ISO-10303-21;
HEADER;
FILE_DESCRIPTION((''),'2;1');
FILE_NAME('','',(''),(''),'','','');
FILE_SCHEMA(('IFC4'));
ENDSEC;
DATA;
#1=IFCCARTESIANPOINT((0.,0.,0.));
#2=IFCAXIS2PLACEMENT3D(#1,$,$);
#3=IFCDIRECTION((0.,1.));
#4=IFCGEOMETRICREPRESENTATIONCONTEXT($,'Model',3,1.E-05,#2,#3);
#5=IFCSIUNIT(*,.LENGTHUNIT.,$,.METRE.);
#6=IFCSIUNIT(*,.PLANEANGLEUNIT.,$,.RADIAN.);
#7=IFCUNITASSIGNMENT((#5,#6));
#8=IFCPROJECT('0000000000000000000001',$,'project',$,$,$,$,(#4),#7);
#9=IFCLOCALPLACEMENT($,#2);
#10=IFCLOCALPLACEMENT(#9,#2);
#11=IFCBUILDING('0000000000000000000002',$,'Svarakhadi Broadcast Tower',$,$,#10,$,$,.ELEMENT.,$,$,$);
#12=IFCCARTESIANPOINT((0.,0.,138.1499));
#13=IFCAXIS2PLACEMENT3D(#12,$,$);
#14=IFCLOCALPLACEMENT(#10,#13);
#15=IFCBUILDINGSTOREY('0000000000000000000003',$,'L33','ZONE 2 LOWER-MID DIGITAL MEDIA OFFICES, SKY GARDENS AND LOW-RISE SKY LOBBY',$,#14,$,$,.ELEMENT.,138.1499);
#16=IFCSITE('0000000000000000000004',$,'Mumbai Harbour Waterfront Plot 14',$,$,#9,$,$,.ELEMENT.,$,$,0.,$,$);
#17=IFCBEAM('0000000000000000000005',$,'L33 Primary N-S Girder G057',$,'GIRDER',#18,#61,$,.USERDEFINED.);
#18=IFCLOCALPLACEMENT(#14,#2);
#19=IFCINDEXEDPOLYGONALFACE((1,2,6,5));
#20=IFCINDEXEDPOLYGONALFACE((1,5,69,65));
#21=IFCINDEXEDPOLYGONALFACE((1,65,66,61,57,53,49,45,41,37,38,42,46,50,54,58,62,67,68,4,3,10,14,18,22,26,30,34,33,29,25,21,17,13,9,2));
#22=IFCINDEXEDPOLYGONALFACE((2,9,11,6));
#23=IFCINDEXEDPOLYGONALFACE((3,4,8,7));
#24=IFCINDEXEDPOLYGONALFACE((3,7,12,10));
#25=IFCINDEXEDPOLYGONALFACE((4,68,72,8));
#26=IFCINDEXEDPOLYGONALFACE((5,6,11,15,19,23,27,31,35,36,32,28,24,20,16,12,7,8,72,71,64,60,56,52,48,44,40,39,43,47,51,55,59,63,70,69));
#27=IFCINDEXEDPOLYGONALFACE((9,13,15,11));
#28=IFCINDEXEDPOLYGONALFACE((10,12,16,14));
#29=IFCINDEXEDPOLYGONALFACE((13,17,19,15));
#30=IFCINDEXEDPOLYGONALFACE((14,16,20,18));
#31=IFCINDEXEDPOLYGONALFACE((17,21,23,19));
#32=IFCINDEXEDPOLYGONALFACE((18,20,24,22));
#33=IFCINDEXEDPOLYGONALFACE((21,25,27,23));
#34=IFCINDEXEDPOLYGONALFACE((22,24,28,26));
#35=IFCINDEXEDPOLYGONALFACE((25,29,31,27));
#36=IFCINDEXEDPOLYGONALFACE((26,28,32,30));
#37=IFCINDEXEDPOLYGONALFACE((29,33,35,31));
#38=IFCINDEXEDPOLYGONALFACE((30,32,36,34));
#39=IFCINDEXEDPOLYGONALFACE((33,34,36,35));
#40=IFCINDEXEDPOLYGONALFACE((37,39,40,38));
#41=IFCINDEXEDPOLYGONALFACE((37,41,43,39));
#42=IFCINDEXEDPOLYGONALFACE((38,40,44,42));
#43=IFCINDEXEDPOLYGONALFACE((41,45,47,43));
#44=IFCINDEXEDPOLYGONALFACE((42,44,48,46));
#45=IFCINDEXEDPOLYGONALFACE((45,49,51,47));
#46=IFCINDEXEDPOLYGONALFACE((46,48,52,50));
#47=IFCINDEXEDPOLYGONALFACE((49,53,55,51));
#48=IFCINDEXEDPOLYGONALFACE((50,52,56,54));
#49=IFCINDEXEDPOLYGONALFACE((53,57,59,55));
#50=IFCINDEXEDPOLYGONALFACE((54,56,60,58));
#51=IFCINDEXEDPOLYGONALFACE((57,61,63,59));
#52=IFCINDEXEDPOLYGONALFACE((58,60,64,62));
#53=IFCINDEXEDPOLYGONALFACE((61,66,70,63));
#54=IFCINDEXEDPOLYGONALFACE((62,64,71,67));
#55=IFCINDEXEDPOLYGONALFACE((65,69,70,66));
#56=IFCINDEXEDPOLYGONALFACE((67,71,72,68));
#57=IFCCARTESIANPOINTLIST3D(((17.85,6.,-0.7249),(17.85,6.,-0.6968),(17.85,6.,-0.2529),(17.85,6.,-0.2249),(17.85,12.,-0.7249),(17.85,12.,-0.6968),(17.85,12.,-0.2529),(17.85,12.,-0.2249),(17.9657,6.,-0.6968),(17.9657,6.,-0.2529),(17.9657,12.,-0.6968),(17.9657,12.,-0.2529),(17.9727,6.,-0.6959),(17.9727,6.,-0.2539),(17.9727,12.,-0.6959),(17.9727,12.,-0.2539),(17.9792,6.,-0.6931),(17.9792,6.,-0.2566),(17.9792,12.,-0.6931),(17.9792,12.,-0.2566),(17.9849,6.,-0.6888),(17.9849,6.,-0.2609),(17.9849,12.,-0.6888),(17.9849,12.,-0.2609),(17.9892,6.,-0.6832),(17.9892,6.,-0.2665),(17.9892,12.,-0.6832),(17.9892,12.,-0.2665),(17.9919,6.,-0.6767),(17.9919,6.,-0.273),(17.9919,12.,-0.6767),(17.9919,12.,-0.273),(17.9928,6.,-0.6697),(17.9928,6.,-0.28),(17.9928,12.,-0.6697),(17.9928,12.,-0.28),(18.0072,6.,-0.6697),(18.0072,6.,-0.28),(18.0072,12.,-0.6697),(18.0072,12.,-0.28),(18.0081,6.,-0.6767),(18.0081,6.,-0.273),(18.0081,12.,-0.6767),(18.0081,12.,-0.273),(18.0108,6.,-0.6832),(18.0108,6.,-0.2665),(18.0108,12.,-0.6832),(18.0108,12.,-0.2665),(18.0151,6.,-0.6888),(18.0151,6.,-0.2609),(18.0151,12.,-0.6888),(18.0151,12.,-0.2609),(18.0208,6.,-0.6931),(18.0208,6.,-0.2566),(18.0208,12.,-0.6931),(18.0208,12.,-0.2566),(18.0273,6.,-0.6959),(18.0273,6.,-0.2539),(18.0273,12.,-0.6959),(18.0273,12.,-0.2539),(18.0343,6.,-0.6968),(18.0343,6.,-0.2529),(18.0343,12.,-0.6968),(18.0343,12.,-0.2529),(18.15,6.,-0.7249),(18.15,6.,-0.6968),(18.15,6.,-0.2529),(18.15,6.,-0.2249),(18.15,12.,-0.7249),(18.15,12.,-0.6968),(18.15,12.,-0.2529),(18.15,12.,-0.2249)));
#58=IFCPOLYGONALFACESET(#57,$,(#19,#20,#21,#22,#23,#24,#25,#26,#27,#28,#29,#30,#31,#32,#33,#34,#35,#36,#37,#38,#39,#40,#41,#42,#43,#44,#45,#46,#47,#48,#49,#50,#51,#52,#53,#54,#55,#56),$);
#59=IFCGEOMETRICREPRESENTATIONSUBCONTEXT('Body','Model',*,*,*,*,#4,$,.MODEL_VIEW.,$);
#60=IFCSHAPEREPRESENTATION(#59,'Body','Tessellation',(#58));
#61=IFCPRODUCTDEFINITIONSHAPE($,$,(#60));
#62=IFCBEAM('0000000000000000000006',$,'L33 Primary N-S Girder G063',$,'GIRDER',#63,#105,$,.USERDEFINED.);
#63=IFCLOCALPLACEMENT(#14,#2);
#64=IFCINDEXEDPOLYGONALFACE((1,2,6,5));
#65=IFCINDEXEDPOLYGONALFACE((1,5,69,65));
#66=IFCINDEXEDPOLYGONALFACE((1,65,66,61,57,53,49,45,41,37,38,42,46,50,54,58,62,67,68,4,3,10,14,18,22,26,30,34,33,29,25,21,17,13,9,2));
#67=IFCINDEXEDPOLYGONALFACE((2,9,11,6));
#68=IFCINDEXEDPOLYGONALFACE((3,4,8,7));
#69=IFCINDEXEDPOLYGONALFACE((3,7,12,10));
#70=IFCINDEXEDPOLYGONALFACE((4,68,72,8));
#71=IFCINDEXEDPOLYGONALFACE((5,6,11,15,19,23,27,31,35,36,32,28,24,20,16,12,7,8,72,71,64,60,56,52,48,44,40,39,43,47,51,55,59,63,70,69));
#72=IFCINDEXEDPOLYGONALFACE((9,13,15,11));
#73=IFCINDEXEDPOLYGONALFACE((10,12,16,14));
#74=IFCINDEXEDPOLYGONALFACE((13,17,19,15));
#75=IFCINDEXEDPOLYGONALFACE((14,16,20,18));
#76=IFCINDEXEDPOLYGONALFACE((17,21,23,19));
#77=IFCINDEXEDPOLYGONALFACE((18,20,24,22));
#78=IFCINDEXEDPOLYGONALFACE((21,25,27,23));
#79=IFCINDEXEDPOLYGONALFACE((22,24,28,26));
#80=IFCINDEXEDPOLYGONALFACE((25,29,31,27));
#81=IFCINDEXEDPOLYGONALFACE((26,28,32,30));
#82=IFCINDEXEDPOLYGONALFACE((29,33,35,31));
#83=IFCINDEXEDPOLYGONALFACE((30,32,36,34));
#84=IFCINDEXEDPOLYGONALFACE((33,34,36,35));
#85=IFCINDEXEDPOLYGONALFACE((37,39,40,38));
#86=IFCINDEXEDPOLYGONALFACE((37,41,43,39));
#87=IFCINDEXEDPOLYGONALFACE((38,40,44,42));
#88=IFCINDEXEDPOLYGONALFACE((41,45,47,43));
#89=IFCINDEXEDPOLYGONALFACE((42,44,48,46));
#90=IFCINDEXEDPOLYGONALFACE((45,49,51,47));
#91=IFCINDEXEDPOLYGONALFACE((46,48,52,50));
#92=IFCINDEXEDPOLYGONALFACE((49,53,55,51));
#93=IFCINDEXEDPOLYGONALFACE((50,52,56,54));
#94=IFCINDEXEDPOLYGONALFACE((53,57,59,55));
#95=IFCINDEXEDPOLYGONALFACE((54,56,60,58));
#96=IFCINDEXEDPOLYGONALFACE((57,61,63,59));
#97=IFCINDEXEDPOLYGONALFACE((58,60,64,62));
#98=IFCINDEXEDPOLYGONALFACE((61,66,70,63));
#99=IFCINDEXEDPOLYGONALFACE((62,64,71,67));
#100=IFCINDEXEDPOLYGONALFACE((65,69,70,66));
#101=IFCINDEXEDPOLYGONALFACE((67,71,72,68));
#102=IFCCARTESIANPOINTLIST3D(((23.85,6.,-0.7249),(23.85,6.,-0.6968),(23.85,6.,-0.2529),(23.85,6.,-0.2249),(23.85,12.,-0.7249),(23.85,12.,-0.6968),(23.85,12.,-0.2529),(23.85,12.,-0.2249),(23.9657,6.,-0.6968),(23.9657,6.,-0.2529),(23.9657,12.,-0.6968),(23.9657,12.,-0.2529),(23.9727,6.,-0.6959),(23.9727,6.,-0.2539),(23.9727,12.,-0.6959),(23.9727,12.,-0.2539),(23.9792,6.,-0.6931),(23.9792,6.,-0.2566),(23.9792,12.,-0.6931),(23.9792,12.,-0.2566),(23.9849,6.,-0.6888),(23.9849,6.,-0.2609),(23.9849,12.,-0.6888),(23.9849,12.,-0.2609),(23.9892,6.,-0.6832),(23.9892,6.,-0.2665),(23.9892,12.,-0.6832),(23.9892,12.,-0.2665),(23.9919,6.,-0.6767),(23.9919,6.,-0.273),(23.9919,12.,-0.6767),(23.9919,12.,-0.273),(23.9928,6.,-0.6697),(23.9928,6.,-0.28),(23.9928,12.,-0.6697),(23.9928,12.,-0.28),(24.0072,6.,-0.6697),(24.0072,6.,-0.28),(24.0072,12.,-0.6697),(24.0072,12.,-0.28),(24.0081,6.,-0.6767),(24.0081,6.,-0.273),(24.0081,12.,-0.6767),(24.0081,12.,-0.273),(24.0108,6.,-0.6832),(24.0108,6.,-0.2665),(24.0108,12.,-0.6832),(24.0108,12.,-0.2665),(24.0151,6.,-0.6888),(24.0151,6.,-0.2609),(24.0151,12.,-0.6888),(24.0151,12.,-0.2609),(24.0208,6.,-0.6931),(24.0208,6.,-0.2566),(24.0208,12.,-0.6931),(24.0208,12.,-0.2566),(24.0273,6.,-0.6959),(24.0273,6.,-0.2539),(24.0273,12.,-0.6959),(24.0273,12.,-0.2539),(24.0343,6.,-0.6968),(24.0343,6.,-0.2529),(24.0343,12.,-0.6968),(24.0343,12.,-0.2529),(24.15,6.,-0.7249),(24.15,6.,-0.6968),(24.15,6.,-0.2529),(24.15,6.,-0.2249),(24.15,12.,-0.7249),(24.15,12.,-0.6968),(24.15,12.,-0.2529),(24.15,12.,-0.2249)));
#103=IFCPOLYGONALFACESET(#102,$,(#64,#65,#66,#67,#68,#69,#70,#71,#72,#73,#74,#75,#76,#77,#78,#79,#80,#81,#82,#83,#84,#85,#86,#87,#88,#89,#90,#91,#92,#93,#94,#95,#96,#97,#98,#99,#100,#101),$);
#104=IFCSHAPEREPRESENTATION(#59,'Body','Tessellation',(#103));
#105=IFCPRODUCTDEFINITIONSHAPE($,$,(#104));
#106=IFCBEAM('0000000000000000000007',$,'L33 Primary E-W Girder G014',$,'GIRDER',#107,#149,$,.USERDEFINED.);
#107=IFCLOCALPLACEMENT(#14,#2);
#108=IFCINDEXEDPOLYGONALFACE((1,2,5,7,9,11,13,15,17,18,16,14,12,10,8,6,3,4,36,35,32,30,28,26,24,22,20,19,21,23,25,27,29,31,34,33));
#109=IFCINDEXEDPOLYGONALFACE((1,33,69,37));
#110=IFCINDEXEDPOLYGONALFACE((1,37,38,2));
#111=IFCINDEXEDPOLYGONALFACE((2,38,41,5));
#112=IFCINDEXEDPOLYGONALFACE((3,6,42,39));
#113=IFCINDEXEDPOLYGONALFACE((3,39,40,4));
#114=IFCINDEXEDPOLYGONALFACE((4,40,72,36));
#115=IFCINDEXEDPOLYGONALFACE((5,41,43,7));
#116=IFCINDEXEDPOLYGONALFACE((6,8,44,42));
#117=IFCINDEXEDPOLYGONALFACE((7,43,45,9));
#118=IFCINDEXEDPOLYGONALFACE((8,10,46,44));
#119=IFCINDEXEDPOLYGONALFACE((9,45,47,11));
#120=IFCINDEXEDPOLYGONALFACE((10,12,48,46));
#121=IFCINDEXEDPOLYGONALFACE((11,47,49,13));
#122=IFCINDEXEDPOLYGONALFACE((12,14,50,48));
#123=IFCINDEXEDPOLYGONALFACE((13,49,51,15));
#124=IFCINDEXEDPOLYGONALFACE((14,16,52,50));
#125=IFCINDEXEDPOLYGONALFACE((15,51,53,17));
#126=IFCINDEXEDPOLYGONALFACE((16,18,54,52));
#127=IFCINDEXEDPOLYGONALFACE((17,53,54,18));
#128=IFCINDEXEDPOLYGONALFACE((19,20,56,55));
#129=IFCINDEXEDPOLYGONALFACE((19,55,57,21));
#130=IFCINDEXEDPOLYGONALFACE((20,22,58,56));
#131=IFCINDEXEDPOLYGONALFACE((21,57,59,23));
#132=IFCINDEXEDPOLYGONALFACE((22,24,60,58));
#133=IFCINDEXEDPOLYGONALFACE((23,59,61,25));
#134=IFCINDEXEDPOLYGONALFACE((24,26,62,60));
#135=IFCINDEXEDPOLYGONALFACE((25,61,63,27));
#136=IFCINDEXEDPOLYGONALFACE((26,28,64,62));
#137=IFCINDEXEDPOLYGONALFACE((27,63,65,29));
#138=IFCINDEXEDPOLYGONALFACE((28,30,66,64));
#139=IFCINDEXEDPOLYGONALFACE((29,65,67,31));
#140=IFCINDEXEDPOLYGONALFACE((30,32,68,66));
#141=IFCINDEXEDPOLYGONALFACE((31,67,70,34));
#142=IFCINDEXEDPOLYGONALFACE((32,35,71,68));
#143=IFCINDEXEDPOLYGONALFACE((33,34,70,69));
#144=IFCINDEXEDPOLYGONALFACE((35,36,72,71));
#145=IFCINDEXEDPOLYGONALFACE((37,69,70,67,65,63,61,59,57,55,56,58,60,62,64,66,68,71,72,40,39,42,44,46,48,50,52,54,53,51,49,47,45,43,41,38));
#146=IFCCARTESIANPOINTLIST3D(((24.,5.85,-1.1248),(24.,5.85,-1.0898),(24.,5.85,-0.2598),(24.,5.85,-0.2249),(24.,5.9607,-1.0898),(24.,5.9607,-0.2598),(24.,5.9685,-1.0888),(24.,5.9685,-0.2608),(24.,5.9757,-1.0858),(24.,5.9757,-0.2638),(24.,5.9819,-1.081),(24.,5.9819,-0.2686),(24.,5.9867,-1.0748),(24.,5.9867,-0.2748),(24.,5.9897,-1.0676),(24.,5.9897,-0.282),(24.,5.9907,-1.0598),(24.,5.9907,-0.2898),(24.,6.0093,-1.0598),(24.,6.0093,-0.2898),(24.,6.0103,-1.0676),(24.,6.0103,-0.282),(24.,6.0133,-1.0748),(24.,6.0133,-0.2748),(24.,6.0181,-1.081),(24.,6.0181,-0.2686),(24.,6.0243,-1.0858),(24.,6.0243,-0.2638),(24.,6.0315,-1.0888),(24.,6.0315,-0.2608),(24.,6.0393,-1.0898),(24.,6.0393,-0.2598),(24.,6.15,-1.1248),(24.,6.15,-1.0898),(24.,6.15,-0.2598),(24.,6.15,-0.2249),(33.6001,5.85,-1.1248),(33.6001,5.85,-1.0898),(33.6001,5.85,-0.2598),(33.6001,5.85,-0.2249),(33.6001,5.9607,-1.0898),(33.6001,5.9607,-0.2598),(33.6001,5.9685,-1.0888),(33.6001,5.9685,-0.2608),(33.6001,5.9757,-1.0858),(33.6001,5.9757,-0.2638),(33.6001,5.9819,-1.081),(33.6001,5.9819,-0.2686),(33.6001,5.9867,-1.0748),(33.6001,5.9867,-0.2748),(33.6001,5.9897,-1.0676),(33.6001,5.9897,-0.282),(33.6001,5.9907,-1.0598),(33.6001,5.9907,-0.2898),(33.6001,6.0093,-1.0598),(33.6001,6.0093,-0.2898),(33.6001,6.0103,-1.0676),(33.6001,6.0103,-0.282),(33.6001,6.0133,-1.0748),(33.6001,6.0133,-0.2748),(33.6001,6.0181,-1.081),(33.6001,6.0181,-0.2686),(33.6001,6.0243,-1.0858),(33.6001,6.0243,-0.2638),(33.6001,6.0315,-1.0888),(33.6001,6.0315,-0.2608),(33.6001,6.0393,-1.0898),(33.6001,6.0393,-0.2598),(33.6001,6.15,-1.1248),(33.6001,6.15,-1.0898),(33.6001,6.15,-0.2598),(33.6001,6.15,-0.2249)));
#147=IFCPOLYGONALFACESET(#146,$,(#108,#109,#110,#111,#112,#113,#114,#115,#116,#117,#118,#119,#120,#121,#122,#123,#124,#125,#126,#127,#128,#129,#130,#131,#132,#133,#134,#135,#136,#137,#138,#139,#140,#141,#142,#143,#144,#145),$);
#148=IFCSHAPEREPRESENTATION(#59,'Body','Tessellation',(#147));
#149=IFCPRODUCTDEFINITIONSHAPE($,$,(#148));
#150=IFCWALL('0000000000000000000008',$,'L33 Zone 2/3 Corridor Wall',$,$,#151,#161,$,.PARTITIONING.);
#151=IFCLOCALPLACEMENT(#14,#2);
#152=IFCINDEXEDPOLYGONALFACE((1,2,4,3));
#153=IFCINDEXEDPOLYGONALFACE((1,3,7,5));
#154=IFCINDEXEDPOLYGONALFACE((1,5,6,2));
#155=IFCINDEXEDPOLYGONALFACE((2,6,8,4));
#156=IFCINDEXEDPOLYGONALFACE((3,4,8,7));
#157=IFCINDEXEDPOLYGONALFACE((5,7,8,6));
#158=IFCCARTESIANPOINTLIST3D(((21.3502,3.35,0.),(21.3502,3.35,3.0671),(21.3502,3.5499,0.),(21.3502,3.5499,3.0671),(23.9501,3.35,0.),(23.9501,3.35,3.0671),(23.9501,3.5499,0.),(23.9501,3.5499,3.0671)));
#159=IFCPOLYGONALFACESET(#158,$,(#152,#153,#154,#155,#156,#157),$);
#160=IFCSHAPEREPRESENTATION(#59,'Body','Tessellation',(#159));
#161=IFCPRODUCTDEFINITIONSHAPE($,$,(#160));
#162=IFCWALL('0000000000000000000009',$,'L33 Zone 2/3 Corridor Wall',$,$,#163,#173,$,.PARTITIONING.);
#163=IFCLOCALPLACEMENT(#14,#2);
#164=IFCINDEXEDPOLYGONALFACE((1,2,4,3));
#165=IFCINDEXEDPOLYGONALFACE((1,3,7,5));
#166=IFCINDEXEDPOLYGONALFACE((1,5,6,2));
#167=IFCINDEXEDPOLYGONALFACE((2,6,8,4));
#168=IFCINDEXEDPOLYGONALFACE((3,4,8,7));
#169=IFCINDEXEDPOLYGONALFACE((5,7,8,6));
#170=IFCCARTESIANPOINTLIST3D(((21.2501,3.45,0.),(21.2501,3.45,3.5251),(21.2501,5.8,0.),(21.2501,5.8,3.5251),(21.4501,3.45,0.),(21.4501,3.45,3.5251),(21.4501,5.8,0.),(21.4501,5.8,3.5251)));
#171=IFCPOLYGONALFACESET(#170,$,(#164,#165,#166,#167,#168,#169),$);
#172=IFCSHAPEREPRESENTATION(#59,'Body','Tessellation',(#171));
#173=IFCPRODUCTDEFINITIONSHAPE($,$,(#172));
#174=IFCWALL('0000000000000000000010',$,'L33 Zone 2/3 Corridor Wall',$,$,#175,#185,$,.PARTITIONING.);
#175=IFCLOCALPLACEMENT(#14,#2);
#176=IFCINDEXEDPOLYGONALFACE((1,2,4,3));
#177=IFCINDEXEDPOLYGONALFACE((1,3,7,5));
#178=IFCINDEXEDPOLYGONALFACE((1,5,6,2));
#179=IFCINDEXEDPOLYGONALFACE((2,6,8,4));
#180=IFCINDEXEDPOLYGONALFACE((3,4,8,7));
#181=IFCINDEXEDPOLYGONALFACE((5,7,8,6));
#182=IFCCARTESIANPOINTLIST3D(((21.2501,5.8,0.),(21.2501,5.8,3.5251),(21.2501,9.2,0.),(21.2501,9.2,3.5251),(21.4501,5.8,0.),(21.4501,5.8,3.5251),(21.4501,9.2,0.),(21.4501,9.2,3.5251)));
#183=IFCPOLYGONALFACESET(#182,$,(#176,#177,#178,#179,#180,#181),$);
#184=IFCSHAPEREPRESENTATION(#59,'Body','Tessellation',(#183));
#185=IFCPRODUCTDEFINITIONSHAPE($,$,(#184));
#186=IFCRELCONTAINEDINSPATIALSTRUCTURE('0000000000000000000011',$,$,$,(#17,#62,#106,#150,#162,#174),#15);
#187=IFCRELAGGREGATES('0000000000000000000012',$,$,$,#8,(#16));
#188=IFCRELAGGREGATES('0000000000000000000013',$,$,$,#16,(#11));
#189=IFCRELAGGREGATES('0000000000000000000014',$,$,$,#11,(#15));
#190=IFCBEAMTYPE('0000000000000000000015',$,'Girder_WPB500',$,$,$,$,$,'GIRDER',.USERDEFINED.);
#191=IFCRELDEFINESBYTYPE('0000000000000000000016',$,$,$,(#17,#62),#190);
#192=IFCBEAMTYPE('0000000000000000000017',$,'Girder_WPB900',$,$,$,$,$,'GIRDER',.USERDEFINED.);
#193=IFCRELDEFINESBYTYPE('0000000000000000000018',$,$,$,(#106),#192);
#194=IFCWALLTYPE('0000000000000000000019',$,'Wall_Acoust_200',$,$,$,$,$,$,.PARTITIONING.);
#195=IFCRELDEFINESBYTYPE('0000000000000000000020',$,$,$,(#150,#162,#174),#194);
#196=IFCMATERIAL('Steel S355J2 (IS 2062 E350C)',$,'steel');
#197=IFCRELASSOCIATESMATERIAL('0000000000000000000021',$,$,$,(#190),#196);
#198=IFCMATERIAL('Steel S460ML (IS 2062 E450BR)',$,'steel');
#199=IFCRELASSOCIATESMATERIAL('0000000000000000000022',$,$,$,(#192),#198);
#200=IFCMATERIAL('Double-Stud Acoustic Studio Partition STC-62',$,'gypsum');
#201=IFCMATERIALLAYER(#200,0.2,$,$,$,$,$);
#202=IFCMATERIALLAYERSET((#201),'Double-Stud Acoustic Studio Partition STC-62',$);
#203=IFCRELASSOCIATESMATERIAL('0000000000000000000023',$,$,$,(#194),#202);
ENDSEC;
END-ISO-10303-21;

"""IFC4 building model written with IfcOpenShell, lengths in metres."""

from ifc_helpers import new_model, si_unit, direction, frame, frame_2d, origin, origin_2d, place, context, subcontext, project, spatial, rectangle, i_section, extrude, material, layer, layer_set, material_profile, profile_set, type_object, element, save


model = new_model("IFC4")

# Units and contexts
model_context = context("Model", 3, precision=1e-05, world=origin(), true_north=direction((0.0, 1.0)))
body_context = subcontext(model_context, "Body", "Model", "MODEL_VIEW")
ifc_project = project(units=[si_unit("LENGTHUNIT", "METRE"), si_unit("PLANEANGLEUNIT", "RADIAN")], contexts=[model_context])

# Site, building, storey
site_placement = place(None, origin())
site = spatial("IfcSite", under=ifc_project, at=site_placement, Name="Mumbai Harbour Waterfront Plot 14", CompositionType="ELEMENT", RefElevation=0.0)
building_placement = place(site_placement, origin())
building = spatial("IfcBuilding", under=site, at=building_placement, Name="Svarakhadi Broadcast Tower", CompositionType="ELEMENT")
storey_placement = place(building_placement, frame((0.0, 0.0, 138.1499)))
storey = spatial("IfcBuildingStorey", under=building, at=storey_placement, Name="L33", Description="ZONE 2 LOWER-MID DIGITAL MEDIA OFFICES, SKY GARDENS AND LOW-RISE SKY LOBBY", CompositionType="ELEMENT", Elevation=138.1499)

# Beams
ifc_material_1 = material(Name="Steel S355J2 (IS 2062 E350C)", Category="steel")
ifc_material_profile_1 = material_profile(ifc_material_1, i_section(OverallWidth=0.3, OverallDepth=0.5, WebThickness=0.0144, FlangeThickness=0.0281, FilletRadius=0.0271, at=origin_2d()), Name="WPB 500x300x187")
ifc_profile_set_1 = profile_set([ifc_material_profile_1], Name="Steel S355J2 (IS 2062 E350C)")
beam_type_1 = type_object("IfcBeamType", Name="Girder_WPB500", ElementType="GIRDER", PredefinedType="USERDEFINED", material=ifc_profile_set_1)
for number, where, z_axis, x_axis, name in (
    (1, (18.0, 6.0, -0.4749), (0.0, 1.0, 0.0), (-1.0, 0.0, 0.0), "L33 Primary N-S Girder G057"),
    (2, (24.0, 6.0, -0.4749), (0.0, 1.0, 0.0), (-1.0, 0.0, 0.0), "L33 Primary N-S Girder G063"),
):
    element("IfcBeam", number, at=place(storey_placement, frame(where, z_axis=z_axis, x_axis=x_axis)), inside=storey, type_object=beam_type_1, Name=name, ObjectType="GIRDER", PredefinedType="USERDEFINED", context=body_context, shape_type="SweptSolid", body=[
        extrude(i_section(OverallWidth=0.3, OverallDepth=0.5, WebThickness=0.0144, FlangeThickness=0.0281, FilletRadius=0.0271, at=origin_2d()), origin(), (0.0, 0.0, 1.0), 6.0),
    ])
ifc_material_2 = material(Name="Steel S460ML (IS 2062 E450BR)", Category="steel")
ifc_material_profile_2 = material_profile(ifc_material_2, i_section(OverallWidth=0.3, OverallDepth=0.8999, WebThickness=0.0186, FlangeThickness=0.0349, FilletRadius=0.03, at=origin_2d()), Name="WPB 900x300x291")
ifc_profile_set_2 = profile_set([ifc_material_profile_2], Name="Steel S460ML (IS 2062 E450BR)")
beam_type_2 = type_object("IfcBeamType", Name="Girder_WPB900", ElementType="GIRDER", PredefinedType="USERDEFINED", material=ifc_profile_set_2)
beam_placement = place(storey_placement, frame((24.0, 6.0, -0.6748), z_axis=(1.0, 0.0, 0.0), x_axis=(0.0, 1.0, 0.0)))
element("IfcBeam", 3, at=beam_placement, inside=storey, type_object=beam_type_2, Name="L33 Primary E-W Girder G014", ObjectType="GIRDER", PredefinedType="USERDEFINED", context=body_context, shape_type="SweptSolid", body=[
    extrude(i_section(OverallWidth=0.3, OverallDepth=0.8999, WebThickness=0.0186, FlangeThickness=0.0349, FilletRadius=0.03, at=origin_2d()), origin(), (0.0, 0.0, 1.0), 9.6001),
])

# Walls
ifc_material_3 = material(Name="Double-Stud Acoustic Studio Partition STC-62", Category="gypsum")
ifc_layer_1 = layer(ifc_material_3, 0.2)
ifc_layer_set_1 = layer_set([ifc_layer_1], Name="Double-Stud Acoustic Studio Partition STC-62")
wall_type_1 = type_object("IfcWallType", Name="Wall_Acoust_200", PredefinedType="PARTITIONING", material=ifc_layer_set_1)
wall_1_placement = place(storey_placement, frame((23.95, 3.45, 0.0), z_axis=(0.0, 0.0, 1.0), x_axis=(-1.0, 0.0, 0.0)))
element("IfcWall", 4, at=wall_1_placement, inside=storey, type_object=wall_type_1, Name="L33 Zone 2/3 Corridor Wall", PredefinedType="PARTITIONING", context=body_context, shape_type="SweptSolid", body=[
    extrude(rectangle(XDim=2.5999, YDim=0.2, at=frame_2d((1.2998, 0.0))), origin(), (0.0, 0.0, 1.0), 3.0671),
])
wall_2_placement = place(storey_placement, frame((21.3501, 3.45, 0.0), z_axis=(0.0, 0.0, 1.0), x_axis=(0.0, 1.0, 0.0)))
element("IfcWall", 5, at=wall_2_placement, inside=storey, type_object=wall_type_1, Name="L33 Zone 2/3 Corridor Wall", PredefinedType="PARTITIONING", context=body_context, shape_type="SweptSolid", body=[
    extrude(rectangle(XDim=2.3501, YDim=0.2, at=frame_2d((1.175, 0.0))), origin(), (0.0, 0.0, 1.0), 3.5251),
])
wall_3_placement = place(storey_placement, frame((21.3501, 5.8, 0.0), z_axis=(0.0, 0.0, 1.0), x_axis=(0.0, 1.0, 0.0)))
element("IfcWall", 6, at=wall_3_placement, inside=storey, type_object=wall_type_1, Name="L33 Zone 2/3 Corridor Wall", PredefinedType="PARTITIONING", context=body_context, shape_type="SweptSolid", body=[
    extrude(rectangle(XDim=3.3999, YDim=0.2, at=frame_2d((1.7, 0.0))), origin(), (0.0, 0.0, 1.0), 3.5251),
])

save(model, "model.ifc")
